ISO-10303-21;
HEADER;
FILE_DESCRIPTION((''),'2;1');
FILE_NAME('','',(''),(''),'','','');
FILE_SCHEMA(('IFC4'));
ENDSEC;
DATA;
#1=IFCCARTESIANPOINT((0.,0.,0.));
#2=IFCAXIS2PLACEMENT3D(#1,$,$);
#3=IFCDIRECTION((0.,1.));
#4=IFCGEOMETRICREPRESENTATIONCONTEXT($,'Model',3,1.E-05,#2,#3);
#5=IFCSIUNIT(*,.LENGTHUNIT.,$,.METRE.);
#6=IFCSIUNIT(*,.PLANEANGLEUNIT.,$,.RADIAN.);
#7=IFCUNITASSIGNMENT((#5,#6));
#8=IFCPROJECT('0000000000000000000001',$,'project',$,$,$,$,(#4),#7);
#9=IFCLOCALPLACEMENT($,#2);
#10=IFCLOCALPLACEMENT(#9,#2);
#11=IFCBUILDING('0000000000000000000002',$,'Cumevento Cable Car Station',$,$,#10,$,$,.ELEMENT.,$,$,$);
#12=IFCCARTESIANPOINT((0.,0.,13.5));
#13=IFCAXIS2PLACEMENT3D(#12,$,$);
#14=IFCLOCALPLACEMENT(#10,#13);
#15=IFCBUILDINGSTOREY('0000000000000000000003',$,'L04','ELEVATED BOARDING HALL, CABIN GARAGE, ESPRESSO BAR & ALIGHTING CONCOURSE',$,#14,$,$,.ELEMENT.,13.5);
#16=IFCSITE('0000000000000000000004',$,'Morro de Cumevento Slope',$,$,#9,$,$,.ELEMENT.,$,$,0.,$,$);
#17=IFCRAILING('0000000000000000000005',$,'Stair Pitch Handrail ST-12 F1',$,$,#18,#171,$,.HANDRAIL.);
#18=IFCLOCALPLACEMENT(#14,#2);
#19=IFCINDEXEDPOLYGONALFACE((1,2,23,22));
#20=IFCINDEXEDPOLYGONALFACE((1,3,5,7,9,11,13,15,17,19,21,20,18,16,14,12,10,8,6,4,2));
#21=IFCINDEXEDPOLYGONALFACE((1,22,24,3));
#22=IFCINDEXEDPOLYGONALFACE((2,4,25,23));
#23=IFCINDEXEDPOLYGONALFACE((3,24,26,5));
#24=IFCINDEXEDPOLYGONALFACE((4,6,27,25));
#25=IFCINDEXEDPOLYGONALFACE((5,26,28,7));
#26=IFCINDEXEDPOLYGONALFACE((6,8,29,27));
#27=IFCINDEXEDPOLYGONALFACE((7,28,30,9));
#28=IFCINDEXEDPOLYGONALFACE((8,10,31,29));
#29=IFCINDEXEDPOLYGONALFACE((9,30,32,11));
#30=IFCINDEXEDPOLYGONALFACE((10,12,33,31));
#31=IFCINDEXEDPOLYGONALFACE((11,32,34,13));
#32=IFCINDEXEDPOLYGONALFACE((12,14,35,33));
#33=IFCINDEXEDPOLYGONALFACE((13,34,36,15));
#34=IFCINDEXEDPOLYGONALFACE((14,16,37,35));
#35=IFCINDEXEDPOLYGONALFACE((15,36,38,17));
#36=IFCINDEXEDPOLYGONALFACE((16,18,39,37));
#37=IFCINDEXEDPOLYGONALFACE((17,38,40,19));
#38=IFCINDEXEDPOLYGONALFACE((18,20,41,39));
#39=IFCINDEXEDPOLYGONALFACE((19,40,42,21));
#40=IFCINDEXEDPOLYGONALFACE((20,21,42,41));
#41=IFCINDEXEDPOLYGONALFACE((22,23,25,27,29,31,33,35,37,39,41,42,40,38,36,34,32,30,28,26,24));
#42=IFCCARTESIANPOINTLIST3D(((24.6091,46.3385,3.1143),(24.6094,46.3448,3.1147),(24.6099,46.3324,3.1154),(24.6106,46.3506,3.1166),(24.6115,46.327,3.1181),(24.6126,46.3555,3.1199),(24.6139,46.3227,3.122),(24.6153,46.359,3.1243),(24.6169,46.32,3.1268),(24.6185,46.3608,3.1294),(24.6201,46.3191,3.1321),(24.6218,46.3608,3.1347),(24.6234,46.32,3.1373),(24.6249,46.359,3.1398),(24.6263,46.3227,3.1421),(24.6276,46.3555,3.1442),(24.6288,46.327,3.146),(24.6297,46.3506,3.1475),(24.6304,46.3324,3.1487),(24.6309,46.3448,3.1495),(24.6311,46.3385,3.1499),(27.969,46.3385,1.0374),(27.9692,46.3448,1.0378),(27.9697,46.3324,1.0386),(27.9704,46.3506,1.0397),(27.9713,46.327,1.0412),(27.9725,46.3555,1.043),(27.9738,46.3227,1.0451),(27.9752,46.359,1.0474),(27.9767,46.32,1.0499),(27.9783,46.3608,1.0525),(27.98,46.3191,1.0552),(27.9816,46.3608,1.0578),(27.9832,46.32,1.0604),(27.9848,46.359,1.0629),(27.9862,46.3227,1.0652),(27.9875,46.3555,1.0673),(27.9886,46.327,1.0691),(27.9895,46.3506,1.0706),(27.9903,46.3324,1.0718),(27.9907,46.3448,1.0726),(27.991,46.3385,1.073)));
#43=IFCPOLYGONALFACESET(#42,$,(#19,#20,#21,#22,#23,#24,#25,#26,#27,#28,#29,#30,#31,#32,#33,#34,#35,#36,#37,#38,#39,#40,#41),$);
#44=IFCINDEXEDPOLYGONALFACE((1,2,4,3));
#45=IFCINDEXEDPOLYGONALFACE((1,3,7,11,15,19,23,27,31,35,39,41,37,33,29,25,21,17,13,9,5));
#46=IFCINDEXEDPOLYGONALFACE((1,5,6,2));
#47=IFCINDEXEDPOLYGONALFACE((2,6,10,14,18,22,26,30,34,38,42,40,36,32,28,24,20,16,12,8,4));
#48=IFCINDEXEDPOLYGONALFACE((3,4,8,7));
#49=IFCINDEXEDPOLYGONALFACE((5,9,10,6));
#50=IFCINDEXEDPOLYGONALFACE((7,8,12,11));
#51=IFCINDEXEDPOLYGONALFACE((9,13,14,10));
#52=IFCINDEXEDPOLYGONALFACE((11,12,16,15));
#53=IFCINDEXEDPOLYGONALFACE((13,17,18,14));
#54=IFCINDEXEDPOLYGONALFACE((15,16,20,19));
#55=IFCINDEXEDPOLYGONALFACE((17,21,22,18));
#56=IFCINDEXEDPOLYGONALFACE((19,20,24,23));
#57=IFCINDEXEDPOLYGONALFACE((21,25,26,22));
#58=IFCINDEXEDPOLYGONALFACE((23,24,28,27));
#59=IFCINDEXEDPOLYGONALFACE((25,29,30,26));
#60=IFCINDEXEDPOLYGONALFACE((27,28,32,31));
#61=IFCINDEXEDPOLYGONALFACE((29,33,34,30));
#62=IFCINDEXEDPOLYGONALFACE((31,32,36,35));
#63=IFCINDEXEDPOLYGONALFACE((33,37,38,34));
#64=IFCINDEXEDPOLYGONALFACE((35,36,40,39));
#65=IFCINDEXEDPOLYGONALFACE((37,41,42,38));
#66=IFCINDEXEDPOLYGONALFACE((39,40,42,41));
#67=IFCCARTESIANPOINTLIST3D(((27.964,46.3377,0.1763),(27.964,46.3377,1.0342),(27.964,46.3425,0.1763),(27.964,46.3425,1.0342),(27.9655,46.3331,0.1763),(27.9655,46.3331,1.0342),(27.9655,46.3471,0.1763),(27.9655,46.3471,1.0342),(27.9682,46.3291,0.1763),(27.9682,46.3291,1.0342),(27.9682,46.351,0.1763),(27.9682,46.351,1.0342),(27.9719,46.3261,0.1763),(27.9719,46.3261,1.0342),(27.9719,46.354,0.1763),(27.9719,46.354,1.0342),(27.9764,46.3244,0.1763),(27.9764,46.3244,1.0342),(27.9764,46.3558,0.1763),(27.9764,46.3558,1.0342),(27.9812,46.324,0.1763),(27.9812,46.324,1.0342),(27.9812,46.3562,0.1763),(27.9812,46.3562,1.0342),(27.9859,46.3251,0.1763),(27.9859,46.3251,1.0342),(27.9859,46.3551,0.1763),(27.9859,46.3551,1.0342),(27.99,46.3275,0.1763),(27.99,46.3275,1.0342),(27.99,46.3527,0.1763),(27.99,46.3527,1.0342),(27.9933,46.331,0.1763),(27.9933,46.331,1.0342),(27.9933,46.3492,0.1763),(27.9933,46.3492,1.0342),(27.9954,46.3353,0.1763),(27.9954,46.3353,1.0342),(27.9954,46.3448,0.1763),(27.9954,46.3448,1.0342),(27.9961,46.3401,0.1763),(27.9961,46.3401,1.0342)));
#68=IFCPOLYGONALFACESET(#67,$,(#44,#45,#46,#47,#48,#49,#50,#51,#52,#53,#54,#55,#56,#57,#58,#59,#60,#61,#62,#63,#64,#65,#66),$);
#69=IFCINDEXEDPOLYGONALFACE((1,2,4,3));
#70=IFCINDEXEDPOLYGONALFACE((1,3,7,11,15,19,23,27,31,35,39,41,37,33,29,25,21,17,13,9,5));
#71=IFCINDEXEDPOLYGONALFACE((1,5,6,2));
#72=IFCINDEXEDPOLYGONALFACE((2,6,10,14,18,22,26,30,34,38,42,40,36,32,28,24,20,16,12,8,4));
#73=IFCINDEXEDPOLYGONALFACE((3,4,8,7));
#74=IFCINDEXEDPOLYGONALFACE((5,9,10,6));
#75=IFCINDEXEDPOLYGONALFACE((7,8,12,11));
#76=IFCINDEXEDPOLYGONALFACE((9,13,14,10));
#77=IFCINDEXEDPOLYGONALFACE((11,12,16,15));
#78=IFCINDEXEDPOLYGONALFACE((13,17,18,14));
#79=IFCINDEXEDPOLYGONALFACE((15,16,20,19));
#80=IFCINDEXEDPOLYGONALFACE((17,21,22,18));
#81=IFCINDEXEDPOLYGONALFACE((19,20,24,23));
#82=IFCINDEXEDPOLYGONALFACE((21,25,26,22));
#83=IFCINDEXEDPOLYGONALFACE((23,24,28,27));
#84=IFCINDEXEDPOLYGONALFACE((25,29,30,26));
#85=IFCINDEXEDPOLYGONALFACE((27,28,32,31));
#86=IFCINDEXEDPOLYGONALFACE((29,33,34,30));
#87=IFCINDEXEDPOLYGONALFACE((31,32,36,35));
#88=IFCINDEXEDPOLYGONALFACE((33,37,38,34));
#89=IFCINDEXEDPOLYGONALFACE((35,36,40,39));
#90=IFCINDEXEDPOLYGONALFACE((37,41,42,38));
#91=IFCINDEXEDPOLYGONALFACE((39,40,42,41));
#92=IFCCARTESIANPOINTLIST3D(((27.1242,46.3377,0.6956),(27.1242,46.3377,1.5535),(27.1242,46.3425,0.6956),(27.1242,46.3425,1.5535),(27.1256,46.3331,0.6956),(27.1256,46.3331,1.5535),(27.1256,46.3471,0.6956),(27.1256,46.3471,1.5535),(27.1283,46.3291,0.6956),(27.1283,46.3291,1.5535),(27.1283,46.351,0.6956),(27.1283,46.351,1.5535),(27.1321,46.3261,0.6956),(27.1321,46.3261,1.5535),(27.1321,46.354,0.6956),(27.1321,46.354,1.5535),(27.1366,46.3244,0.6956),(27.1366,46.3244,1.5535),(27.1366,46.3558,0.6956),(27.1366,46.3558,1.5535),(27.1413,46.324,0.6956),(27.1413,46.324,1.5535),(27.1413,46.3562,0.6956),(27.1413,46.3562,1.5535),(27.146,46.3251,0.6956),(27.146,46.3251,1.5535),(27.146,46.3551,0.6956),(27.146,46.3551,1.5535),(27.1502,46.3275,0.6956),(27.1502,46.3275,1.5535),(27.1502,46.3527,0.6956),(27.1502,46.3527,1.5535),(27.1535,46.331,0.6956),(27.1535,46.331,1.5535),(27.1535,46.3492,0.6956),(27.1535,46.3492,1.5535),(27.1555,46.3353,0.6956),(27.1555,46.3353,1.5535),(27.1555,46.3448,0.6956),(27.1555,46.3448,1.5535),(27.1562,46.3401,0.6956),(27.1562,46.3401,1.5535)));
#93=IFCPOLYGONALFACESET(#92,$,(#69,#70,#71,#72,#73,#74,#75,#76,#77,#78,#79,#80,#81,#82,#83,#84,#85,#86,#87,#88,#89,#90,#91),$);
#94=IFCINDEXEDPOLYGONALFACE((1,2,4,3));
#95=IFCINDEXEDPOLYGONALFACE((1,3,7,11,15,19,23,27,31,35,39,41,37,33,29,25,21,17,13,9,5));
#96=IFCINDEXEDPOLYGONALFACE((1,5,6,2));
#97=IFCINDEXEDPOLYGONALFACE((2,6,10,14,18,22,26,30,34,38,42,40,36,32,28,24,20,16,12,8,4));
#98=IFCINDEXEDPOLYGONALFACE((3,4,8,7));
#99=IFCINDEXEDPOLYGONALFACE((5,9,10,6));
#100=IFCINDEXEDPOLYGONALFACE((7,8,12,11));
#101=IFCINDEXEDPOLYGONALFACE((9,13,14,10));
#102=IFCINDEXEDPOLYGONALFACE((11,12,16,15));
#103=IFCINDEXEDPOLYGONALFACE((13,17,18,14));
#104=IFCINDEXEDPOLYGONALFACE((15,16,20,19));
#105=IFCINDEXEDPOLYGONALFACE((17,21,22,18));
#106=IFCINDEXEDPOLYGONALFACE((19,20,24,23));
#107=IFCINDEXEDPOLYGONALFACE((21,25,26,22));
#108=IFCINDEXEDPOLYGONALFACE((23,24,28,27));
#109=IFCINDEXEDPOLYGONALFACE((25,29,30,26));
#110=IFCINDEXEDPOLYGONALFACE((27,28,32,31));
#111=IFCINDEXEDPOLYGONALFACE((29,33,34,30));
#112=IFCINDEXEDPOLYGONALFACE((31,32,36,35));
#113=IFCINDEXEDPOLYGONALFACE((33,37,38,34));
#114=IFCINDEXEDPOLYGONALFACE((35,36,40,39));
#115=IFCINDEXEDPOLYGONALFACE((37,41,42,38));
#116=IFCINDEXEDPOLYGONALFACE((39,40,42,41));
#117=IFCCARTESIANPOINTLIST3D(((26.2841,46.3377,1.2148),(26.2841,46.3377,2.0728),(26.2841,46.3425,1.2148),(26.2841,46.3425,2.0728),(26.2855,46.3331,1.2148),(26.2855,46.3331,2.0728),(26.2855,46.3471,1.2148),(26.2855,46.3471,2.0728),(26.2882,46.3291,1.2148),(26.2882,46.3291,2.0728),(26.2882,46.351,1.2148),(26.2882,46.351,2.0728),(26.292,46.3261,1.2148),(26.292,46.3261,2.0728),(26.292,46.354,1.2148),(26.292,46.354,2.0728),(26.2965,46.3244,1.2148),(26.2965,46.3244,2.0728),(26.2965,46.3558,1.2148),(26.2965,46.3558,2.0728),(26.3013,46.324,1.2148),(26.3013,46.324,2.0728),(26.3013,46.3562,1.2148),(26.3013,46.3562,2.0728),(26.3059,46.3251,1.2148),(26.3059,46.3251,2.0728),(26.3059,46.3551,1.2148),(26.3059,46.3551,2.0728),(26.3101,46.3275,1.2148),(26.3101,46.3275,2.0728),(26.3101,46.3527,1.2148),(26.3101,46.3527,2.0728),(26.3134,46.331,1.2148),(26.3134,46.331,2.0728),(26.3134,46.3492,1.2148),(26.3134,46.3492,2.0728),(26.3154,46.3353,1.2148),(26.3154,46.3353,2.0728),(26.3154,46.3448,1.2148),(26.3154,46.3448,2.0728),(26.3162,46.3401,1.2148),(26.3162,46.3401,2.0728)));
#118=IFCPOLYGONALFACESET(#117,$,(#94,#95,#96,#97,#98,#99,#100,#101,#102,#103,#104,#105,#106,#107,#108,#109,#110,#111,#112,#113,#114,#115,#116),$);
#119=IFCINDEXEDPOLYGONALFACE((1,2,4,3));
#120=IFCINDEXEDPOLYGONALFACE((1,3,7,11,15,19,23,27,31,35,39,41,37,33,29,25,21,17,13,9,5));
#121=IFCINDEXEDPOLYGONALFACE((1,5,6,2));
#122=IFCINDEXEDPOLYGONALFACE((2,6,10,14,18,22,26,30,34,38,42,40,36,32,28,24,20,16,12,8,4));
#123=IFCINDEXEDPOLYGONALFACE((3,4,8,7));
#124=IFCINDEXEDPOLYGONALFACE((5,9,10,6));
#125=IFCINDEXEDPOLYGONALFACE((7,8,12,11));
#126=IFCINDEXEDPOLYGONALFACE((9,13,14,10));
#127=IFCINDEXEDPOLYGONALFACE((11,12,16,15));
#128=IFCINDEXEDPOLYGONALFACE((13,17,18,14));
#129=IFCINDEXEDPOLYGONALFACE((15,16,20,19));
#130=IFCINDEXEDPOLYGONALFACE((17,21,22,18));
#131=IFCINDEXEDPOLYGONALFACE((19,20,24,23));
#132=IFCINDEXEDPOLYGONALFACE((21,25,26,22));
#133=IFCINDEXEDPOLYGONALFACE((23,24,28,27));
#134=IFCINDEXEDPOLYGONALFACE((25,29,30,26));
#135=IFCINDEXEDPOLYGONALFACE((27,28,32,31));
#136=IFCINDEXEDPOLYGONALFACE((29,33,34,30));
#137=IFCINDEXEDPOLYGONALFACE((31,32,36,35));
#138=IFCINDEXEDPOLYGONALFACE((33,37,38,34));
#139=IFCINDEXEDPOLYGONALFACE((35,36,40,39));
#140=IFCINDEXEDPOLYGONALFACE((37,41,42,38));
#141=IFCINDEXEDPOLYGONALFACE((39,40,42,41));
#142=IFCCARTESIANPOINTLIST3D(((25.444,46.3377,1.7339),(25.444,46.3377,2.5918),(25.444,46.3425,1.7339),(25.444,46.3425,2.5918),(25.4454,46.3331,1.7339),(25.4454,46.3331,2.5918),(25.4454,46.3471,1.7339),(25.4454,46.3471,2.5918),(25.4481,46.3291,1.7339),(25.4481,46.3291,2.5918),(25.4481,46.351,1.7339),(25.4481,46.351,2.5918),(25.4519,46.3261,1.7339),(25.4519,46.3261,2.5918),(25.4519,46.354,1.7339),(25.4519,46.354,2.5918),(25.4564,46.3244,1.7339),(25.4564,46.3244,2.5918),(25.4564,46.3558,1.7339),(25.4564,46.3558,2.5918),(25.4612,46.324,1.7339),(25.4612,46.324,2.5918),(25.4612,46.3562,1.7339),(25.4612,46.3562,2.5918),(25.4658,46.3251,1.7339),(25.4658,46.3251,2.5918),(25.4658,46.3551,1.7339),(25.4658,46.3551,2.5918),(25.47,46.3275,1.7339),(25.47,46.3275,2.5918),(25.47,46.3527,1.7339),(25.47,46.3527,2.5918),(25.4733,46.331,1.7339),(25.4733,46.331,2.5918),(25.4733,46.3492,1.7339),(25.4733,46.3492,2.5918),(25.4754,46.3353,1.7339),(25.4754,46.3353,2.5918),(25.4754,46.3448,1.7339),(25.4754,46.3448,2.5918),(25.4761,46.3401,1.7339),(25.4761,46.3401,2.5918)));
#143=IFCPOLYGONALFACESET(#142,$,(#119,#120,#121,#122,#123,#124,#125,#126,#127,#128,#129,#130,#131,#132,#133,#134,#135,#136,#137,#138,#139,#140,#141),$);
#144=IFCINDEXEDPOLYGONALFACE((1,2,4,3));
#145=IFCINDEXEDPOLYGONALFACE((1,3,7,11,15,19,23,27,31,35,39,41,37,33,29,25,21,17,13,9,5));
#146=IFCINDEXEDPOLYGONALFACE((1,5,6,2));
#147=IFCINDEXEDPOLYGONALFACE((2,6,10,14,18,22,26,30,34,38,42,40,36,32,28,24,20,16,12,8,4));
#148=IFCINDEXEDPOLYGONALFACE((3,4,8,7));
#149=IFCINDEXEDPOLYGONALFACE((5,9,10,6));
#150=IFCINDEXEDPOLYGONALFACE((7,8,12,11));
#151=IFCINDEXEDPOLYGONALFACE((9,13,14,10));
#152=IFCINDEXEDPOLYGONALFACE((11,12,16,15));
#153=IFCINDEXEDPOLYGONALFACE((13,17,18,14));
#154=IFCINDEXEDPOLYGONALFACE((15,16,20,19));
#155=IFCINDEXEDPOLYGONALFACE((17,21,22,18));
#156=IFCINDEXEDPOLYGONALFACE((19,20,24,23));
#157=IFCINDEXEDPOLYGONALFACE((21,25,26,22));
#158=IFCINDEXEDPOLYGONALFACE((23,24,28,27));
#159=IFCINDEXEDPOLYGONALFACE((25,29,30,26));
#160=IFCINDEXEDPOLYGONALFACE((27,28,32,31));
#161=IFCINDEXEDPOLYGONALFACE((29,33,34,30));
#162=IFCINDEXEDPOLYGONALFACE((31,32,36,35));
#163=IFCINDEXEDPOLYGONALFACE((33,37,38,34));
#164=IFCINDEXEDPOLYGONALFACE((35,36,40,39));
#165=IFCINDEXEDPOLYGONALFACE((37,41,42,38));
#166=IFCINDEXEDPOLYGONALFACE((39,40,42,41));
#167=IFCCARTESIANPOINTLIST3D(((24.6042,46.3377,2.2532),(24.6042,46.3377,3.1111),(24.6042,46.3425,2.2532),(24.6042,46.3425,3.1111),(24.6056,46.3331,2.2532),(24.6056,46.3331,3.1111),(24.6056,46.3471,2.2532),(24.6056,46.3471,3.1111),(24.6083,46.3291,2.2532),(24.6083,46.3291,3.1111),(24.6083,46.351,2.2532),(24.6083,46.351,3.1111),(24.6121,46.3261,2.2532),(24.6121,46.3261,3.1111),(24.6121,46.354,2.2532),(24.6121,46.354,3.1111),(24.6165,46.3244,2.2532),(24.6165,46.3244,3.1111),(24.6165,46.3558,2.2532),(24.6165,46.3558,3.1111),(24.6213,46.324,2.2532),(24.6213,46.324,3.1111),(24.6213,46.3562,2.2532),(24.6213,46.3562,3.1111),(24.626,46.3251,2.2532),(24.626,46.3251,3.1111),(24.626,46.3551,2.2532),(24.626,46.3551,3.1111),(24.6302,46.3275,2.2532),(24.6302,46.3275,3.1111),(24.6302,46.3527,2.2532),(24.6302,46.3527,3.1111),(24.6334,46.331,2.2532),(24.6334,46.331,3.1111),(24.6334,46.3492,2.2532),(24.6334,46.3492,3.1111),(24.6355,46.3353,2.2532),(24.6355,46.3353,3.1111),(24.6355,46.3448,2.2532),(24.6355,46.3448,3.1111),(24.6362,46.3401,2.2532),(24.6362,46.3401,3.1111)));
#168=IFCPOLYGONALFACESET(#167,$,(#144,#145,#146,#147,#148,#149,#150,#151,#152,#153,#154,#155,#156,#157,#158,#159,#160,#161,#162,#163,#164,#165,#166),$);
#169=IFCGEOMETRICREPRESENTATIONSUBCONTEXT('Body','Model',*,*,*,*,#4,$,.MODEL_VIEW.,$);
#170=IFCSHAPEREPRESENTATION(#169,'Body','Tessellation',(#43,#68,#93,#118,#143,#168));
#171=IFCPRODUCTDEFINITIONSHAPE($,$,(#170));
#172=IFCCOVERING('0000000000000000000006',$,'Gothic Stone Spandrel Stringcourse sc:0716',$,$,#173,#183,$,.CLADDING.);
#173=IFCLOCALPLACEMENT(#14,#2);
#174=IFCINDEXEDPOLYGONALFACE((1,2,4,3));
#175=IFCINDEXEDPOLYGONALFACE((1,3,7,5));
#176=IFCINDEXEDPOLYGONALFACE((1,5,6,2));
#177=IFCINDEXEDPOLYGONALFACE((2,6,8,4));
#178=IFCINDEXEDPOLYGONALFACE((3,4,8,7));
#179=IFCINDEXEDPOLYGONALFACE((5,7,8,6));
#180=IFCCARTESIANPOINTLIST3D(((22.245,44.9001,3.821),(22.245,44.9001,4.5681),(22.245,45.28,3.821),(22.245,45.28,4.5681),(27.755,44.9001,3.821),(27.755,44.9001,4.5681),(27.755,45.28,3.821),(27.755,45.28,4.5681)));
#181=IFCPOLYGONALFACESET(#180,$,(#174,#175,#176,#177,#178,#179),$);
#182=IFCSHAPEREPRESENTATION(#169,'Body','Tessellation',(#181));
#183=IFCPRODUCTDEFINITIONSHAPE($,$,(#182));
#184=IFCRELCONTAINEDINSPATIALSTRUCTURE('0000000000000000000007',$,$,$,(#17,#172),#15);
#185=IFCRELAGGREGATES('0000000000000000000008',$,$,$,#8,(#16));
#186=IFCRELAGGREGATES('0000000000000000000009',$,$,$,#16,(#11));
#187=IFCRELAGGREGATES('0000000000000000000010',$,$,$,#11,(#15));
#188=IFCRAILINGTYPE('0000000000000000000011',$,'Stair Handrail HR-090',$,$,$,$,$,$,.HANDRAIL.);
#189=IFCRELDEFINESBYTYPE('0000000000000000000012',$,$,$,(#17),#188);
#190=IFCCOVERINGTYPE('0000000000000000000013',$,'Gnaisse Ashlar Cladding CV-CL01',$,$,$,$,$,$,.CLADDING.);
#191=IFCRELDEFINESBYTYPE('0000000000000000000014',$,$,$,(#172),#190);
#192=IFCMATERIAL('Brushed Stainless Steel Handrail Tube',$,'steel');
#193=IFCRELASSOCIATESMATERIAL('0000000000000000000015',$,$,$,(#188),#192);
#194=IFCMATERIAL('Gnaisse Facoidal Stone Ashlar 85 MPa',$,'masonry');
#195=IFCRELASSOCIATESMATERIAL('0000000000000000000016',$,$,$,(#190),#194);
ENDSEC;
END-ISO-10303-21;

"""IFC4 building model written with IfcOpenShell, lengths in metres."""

from ifc_helpers import new_model, si_unit, direction, frame, origin, origin_2d, place, context, subcontext, project, spatial, rectangle, circle, extrude, material, type_object, element, save


model = new_model("IFC4")

# Units and contexts
model_context = context("Model", 3, precision=1e-05, world=origin(), true_north=direction((0.0, 1.0)))
body_context = subcontext(model_context, "Body", "Model", "MODEL_VIEW")
ifc_project = project(units=[si_unit("LENGTHUNIT", "METRE"), si_unit("PLANEANGLEUNIT", "RADIAN")], contexts=[model_context])

# Site, building, storey
site_placement = place(None, origin())
site = spatial("IfcSite", under=ifc_project, at=site_placement, Name="Morro de Cumevento Slope", CompositionType="ELEMENT", RefElevation=0.0)
building_placement = place(site_placement, origin())
building = spatial("IfcBuilding", under=site, at=building_placement, Name="Cumevento Cable Car Station", CompositionType="ELEMENT")
storey_placement = place(building_placement, frame((0.0, 0.0, 13.5)))
storey = spatial("IfcBuildingStorey", under=building, at=storey_placement, Name="L04", Description="ELEVATED BOARDING HALL, CABIN GARAGE, ESPRESSO BAR & ALIGHTING CONCOURSE", CompositionType="ELEMENT", Elevation=13.5)

# Railing
ifc_material_1 = material(Name="Brushed Stainless Steel Handrail Tube", Category="steel")
railing_type_1 = type_object("IfcRailingType", Name="Stair Handrail HR-090", PredefinedType="HANDRAIL", material=ifc_material_1)
railing_1_placement = place(storey_placement, frame((27.98, 46.3401, 0.1763)))
element("IfcRailing", 1, at=railing_1_placement, inside=storey, type_object=railing_type_1, Name="Stair Pitch Handrail ST-12 F1", PredefinedType="HANDRAIL", context=body_context, shape_type="SweptSolid", body=[
    extrude(circle(Radius=0.021, at=origin_2d()), frame((0.0, 0.0, 0.8789), z_axis=(-0.850606, 0.0, 0.525803), x_axis=(0.0, -1.0, 0.0)), (0.0, 0.0, 1.0), 3.95),
    extrude(circle(Radius=0.0161, at=origin_2d()), origin(), (0.0, 0.0, 1.0), 0.8579),
    extrude(circle(Radius=0.0161, at=origin_2d()), frame((-0.8398, 0.0, 0.5193)), (0.0, 0.0, 1.0), 0.8579),
    extrude(circle(Radius=0.0161, at=origin_2d()), frame((-1.6799, 0.0, 1.0386)), (0.0, 0.0, 1.0), 0.8579),
    extrude(circle(Radius=0.0161, at=origin_2d()), frame((-2.52, 0.0, 1.5576)), (0.0, 0.0, 1.0), 0.8579),
    extrude(circle(Radius=0.0161, at=origin_2d()), frame((-3.3599, 0.0, 2.0769)), (0.0, 0.0, 1.0), 0.8579),
])

# Covering
ifc_material_2 = material(Name="Gnaisse Facoidal Stone Ashlar 85 MPa", Category="masonry")
covering_type = type_object("IfcCoveringType", Name="Gnaisse Ashlar Cladding CV-CL01", PredefinedType="CLADDING", material=ifc_material_2)
covering_1_placement = place(storey_placement, frame((25.0, 45.0901, 3.821), z_axis=(0.0, 0.0, 1.0), x_axis=(-1.0, 0.0, 0.0)))
element("IfcCovering", 2, at=covering_1_placement, inside=storey, type_object=covering_type, Name="Gothic Stone Spandrel Stringcourse sc:0716", PredefinedType="CLADDING", context=body_context, shape_type="SweptSolid", body=[
    extrude(rectangle(XDim=5.51, YDim=0.3799, at=origin_2d()), origin(), (0.0, 0.0, 1.0), 0.7471),
])

save(model, "model.ifc")
